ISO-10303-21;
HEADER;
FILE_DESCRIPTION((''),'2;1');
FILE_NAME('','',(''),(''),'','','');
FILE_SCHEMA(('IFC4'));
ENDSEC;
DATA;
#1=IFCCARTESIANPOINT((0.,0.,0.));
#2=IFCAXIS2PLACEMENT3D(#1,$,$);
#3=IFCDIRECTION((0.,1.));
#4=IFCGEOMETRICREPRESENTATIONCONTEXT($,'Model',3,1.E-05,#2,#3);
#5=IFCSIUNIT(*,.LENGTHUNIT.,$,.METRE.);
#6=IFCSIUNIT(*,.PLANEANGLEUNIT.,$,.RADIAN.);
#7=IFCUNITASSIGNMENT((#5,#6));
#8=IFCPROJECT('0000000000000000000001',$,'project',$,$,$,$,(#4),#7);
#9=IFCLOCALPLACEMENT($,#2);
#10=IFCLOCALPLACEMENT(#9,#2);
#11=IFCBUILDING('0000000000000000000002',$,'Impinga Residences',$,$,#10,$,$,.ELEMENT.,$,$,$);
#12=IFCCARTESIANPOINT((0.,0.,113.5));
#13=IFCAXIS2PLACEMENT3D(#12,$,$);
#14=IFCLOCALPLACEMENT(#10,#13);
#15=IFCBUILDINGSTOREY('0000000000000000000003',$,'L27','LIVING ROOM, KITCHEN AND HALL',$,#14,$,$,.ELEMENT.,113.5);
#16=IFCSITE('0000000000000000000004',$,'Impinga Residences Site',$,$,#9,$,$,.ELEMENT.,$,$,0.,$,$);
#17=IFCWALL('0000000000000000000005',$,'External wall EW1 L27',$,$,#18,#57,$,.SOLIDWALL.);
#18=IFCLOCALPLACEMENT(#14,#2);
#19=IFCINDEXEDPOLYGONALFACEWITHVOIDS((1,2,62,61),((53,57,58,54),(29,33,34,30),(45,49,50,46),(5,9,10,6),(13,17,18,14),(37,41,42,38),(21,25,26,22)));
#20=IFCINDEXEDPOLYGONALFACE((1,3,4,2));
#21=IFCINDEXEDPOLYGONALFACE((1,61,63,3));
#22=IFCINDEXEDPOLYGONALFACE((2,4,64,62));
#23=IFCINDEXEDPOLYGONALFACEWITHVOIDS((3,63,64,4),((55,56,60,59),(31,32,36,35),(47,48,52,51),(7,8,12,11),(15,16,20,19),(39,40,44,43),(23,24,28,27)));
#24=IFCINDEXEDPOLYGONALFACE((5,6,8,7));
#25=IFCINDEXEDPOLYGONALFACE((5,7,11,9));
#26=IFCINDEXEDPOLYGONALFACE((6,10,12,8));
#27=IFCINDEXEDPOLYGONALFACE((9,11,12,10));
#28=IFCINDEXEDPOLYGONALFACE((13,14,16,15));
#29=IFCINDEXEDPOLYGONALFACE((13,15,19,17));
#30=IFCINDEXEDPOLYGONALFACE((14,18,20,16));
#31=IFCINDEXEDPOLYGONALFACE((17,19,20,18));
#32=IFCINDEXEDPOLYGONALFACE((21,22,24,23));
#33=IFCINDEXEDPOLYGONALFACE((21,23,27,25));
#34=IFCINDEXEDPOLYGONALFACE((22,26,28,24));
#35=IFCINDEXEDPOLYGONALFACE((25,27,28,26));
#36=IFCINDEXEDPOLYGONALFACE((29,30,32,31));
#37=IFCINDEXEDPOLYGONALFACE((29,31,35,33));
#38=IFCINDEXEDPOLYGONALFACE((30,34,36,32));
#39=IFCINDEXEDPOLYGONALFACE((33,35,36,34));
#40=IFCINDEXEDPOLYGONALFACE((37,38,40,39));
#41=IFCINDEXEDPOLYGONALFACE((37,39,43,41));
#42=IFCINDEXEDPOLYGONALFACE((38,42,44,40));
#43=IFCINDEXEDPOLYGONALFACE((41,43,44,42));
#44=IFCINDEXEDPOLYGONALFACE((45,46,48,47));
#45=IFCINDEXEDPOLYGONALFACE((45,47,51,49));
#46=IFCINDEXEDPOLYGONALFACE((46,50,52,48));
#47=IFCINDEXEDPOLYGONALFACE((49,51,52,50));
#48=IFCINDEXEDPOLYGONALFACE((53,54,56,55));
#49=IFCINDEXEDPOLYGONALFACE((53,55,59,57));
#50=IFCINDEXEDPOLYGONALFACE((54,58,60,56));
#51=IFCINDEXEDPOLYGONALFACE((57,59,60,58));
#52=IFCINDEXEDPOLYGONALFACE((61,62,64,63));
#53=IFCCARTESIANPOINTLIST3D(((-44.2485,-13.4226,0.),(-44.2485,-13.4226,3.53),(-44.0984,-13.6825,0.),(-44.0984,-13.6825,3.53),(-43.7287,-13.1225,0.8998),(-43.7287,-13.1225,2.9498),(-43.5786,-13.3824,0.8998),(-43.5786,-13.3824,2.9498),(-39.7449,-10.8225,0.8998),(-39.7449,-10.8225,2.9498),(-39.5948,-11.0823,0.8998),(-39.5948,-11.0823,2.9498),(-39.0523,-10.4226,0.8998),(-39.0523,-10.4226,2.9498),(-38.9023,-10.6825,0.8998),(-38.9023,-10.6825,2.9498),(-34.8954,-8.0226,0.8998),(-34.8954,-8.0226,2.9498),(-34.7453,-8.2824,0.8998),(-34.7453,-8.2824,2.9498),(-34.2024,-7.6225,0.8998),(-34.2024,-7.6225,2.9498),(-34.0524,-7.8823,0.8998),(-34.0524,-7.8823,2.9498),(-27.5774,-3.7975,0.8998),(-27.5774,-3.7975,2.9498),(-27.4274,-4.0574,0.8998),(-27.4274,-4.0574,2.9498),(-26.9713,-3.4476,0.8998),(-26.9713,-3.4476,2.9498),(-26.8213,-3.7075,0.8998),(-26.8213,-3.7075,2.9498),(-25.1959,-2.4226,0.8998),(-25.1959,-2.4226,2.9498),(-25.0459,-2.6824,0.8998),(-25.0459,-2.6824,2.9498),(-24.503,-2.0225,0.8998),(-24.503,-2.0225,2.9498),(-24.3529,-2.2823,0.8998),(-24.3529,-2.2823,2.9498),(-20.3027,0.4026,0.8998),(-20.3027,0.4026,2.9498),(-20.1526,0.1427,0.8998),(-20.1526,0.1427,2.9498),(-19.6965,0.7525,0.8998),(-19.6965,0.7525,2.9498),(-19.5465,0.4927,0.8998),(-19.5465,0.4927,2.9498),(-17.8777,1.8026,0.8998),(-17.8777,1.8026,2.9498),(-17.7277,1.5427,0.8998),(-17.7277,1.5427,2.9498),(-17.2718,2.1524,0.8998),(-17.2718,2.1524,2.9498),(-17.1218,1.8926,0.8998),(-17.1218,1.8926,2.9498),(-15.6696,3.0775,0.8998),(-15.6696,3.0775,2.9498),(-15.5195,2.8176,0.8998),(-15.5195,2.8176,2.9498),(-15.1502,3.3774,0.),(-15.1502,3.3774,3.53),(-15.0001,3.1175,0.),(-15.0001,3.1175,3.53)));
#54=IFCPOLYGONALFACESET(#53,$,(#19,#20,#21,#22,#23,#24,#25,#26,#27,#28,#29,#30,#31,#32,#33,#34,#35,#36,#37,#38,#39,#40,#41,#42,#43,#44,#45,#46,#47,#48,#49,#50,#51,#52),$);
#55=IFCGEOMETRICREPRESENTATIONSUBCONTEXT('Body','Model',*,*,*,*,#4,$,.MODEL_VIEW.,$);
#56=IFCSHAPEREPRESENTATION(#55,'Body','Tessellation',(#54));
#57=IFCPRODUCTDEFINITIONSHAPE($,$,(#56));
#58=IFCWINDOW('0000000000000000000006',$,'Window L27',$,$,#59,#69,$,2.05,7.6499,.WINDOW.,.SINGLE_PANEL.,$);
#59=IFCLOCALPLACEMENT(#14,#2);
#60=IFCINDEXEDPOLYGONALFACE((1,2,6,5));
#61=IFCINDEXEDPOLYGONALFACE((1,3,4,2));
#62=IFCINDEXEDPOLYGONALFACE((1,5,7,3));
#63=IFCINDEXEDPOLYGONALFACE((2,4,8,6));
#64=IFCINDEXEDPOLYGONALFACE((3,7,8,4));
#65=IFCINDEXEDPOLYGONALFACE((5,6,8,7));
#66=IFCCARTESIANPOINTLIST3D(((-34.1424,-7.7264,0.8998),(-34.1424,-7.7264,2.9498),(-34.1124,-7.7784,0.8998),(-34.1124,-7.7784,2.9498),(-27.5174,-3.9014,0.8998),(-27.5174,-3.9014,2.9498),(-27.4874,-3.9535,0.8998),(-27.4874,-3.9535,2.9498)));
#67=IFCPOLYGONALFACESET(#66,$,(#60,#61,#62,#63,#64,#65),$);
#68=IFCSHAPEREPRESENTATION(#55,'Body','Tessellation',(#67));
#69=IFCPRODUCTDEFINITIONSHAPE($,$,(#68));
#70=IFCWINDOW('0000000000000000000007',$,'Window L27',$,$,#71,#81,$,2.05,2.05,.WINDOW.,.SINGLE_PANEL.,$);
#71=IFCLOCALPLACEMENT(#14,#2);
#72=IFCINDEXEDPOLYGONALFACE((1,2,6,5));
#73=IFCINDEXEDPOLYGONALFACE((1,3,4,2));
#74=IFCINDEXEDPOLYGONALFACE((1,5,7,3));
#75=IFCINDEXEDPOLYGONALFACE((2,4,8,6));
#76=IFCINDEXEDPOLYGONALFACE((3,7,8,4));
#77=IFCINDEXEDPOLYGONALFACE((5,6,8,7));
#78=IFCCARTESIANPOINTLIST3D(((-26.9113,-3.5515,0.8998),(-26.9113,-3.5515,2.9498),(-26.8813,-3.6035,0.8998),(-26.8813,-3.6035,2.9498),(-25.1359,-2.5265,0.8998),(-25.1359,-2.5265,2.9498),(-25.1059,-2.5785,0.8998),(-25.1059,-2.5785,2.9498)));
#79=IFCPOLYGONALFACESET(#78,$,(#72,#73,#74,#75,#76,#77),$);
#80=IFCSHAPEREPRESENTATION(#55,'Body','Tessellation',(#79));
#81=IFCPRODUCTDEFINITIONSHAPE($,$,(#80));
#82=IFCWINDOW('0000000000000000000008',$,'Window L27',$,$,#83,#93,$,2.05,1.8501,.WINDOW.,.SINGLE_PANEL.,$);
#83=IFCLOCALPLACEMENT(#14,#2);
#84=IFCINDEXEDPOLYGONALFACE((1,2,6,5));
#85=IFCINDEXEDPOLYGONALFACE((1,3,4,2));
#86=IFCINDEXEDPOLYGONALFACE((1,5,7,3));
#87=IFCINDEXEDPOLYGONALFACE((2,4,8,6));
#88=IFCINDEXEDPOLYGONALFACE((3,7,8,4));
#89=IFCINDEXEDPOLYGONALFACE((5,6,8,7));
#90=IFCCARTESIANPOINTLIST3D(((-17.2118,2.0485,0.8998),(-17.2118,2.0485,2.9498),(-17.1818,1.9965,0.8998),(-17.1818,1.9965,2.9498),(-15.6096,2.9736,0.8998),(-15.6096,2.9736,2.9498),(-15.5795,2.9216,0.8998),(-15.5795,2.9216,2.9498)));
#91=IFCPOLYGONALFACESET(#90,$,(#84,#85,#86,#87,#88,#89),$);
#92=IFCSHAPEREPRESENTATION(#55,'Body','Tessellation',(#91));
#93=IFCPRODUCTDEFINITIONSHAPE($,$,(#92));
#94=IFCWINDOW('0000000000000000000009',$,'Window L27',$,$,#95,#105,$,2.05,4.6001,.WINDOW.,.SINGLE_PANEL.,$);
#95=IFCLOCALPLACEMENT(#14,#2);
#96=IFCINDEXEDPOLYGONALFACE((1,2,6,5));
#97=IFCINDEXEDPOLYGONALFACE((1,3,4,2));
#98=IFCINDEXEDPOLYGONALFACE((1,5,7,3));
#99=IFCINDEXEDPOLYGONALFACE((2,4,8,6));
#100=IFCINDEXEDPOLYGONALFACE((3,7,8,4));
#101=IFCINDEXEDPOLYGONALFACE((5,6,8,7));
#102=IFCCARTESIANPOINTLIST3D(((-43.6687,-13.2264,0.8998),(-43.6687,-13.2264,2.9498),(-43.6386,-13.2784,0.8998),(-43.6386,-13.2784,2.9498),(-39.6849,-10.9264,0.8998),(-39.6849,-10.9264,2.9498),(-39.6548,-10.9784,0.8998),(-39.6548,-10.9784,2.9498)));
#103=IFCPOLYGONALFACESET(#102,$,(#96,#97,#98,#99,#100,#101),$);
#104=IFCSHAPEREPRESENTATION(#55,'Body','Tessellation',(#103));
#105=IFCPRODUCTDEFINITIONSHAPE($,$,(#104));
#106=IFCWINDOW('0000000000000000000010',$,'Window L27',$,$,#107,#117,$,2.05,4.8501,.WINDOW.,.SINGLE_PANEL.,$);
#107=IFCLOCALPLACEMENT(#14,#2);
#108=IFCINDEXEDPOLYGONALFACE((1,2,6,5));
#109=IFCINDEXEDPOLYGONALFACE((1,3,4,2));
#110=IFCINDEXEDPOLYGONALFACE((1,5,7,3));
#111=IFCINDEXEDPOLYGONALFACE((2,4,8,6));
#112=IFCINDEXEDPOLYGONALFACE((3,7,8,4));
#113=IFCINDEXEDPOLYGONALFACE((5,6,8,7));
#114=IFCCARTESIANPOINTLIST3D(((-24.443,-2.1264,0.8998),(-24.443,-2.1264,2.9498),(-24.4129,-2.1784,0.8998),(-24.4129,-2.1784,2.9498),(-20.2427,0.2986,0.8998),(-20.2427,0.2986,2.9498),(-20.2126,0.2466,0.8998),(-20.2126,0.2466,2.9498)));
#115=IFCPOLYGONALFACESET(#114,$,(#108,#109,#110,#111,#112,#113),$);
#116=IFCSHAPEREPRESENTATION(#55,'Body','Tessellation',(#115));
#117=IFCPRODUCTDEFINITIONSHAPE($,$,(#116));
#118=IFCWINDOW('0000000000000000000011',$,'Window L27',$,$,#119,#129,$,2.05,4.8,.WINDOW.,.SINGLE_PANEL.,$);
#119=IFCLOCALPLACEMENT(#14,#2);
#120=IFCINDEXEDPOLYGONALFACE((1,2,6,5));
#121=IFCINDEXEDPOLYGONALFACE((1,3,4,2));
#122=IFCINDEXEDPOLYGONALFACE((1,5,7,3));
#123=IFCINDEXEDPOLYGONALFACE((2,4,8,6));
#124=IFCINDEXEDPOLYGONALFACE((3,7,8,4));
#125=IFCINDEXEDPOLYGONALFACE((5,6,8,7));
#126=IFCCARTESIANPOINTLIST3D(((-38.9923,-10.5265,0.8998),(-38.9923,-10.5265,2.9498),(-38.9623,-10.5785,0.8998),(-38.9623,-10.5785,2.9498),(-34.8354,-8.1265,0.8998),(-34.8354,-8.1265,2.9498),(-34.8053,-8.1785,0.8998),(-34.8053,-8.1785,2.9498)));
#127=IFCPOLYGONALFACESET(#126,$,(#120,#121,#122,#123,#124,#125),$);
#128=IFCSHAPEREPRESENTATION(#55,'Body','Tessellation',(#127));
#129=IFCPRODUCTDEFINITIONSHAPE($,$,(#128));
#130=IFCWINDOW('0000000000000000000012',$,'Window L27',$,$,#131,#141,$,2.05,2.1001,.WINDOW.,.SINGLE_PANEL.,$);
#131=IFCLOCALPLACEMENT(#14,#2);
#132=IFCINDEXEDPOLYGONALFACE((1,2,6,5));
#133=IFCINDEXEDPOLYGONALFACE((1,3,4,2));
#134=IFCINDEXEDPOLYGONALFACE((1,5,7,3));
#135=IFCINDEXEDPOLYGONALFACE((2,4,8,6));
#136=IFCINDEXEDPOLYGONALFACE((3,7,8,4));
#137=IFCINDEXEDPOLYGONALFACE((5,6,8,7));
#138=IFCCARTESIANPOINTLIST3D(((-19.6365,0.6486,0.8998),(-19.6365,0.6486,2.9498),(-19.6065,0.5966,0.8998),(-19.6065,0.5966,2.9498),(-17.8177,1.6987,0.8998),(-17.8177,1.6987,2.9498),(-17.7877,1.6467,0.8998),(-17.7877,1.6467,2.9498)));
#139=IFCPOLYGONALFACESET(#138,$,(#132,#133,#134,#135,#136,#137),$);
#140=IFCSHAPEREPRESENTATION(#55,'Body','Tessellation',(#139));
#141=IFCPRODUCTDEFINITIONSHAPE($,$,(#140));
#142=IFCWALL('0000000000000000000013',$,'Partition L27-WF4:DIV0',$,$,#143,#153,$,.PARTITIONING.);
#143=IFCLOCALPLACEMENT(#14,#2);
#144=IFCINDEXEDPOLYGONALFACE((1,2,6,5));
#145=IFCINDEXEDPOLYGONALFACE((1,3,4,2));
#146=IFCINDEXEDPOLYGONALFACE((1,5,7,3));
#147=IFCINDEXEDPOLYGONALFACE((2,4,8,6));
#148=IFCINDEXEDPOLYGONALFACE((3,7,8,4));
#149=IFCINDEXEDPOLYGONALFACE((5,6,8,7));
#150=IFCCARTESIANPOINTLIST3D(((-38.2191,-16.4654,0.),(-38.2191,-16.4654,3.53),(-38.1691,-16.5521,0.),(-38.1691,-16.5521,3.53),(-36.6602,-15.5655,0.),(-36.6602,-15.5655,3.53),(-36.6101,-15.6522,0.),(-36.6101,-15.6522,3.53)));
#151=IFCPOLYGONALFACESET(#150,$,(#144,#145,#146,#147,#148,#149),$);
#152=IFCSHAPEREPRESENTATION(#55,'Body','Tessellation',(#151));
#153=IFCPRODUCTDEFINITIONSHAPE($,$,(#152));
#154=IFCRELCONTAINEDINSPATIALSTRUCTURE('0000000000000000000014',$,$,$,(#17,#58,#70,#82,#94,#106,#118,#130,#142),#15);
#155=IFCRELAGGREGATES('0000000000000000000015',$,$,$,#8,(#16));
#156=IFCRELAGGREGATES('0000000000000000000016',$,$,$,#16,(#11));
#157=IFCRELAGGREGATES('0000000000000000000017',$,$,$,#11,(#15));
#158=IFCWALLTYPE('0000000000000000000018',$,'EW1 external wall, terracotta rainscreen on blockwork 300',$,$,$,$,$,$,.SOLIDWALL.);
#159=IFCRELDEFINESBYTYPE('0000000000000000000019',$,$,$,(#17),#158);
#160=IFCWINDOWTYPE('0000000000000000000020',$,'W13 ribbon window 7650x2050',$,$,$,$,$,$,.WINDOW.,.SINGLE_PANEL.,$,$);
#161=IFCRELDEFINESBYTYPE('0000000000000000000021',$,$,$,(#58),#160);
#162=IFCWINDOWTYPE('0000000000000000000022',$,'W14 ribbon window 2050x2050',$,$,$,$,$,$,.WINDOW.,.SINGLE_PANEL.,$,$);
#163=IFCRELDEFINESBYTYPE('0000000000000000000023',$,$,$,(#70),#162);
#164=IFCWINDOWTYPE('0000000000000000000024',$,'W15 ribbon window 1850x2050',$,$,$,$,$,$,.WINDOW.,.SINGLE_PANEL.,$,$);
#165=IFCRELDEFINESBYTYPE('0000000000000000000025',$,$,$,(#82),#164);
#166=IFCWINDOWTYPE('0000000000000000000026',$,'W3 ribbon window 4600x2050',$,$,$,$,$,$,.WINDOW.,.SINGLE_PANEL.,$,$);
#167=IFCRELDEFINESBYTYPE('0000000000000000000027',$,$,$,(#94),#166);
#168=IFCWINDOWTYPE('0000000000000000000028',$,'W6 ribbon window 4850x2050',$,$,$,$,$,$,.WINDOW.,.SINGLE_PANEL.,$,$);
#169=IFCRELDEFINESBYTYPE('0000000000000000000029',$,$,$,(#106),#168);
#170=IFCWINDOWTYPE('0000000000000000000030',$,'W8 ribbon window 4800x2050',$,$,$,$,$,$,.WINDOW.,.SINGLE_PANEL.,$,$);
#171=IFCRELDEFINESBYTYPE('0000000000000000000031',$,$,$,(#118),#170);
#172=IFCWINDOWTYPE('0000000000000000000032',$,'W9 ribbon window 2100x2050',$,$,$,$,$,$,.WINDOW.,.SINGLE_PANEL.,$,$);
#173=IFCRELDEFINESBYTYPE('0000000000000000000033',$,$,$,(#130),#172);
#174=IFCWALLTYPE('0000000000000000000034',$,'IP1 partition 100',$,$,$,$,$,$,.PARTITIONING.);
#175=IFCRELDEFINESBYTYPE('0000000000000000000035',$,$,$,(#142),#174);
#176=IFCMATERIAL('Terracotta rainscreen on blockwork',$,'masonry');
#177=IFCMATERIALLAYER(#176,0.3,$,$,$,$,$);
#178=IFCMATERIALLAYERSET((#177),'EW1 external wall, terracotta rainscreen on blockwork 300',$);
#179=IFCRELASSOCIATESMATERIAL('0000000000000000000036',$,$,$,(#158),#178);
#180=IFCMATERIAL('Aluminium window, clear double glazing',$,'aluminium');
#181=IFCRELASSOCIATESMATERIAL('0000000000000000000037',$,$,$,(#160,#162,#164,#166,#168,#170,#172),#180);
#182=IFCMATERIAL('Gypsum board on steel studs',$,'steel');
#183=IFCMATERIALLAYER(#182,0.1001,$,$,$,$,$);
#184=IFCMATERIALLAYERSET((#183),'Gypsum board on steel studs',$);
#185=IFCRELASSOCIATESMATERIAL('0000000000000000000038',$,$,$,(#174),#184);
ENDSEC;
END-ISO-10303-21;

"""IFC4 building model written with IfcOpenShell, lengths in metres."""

from ifc_helpers import new_model, si_unit, direction, frame, frame_2d, origin, place, context, subcontext, project, spatial, rectangle, extrude, material, layer, layer_set, type_object, element, fill, save


model = new_model("IFC4")

# Units and contexts
model_context = context("Model", 3, precision=1e-05, world=origin(), true_north=direction((0.0, 1.0)))
body_context = subcontext(model_context, "Body", "Model", "MODEL_VIEW")
ifc_project = project(units=[si_unit("LENGTHUNIT", "METRE"), si_unit("PLANEANGLEUNIT", "RADIAN")], contexts=[model_context])

# Site, building, storey
site_placement = place(None, origin())
site = spatial("IfcSite", under=ifc_project, at=site_placement, Name="Impinga Residences Site", CompositionType="ELEMENT", RefElevation=0.0)
building_placement = place(site_placement, origin())
building = spatial("IfcBuilding", under=site, at=building_placement, Name="Impinga Residences", CompositionType="ELEMENT")
storey_placement = place(building_placement, frame((0.0, 0.0, 113.5)))
storey = spatial("IfcBuildingStorey", under=building, at=storey_placement, Name="L27", Description="LIVING ROOM, KITCHEN AND HALL", CompositionType="ELEMENT", Elevation=113.5)

# Shared definitions
ifc_material_1 = material(Name="Terracotta rainscreen on blockwork", Category="masonry")
ifc_layer_1 = layer(ifc_material_1, 0.3)
ifc_layer_set_1 = layer_set([ifc_layer_1], Name="EW1 external wall, terracotta rainscreen on blockwork 300")
wall_type_1 = type_object("IfcWallType", Name="EW1 external wall, terracotta rainscreen on blockwork 300", PredefinedType="SOLIDWALL", material=ifc_layer_set_1)

# Wall, openings, windows
wall_1_placement = place(storey_placement, frame((-44.1733, -13.5525, 0.0), z_axis=(0.0, 0.0, 1.0), x_axis=(0.866024, 0.500002, 0.0)))
wall_1 = element("IfcWall", 1, at=wall_1_placement, inside=storey, type_object=wall_type_1, Name="External wall EW1 L27", PredefinedType="SOLIDWALL", context=body_context, shape_type="SweptSolid", body=[
    extrude(rectangle(XDim=33.5999, YDim=0.3, at=frame_2d((16.7998, 0.0))), origin(), (0.0, 0.0, 1.0), 3.53),
])
opening_1_placement = place(wall_1_placement, frame((0.6001, 0.0, 0.8999)))
opening_1 = element("IfcOpeningElement", 2, at=opening_1_placement, cuts=wall_1, PredefinedType="OPENING", context=body_context, shape_type="SweptSolid", body=[
    extrude(rectangle(XDim=4.6001, YDim=2.05, at=frame_2d((2.3, 1.0249))), frame((0.0, 0.1599, 0.0), z_axis=(0.0, -1.0, 0.0), x_axis=(1.0, 0.0, 0.0)), (0.0, 0.0, 1.0), 0.3201),
])
opening_2_placement = place(wall_1_placement, frame((6.0, 0.0, 0.8999)))
opening_2 = element("IfcOpeningElement", 3, at=opening_2_placement, cuts=wall_1, PredefinedType="OPENING", context=body_context, shape_type="SweptSolid", body=[
    extrude(rectangle(XDim=4.8, YDim=2.05, at=frame_2d((2.3999, 1.0249))), frame((0.0, 0.1599, 0.0), z_axis=(0.0, -1.0, 0.0), x_axis=(1.0, 0.0, 0.0)), (0.0, 0.0, 1.0), 0.3201),
])
opening_3_placement = place(wall_1_placement, frame((11.6001, 0.0, 0.8999)))
opening_3 = element("IfcOpeningElement", 4, at=opening_3_placement, cuts=wall_1, PredefinedType="OPENING", context=body_context, shape_type="SweptSolid", body=[
    extrude(rectangle(XDim=7.6499, YDim=2.05, at=frame_2d((3.825, 1.0249))), frame((0.0, 0.1599, 0.0), z_axis=(0.0, -1.0, 0.0), x_axis=(1.0, 0.0, 0.0)), (0.0, 0.0, 1.0), 0.3201),
])
opening_4_placement = place(wall_1_placement, frame((19.95, 0.0, 0.8999)))
opening_4 = element("IfcOpeningElement", 5, at=opening_4_placement, cuts=wall_1, PredefinedType="OPENING", context=body_context, shape_type="SweptSolid", body=[
    extrude(rectangle(XDim=2.05, YDim=2.05, at=frame_2d((1.0249, 1.0249))), frame((0.0, 0.1599, 0.0), z_axis=(0.0, -1.0, 0.0), x_axis=(1.0, 0.0, 0.0)), (0.0, 0.0, 1.0), 0.3201),
])
opening_5_placement = place(wall_1_placement, frame((22.8, 0.0, 0.8999)))
opening_5 = element("IfcOpeningElement", 6, at=opening_5_placement, cuts=wall_1, PredefinedType="OPENING", context=body_context, shape_type="SweptSolid", body=[
    extrude(rectangle(XDim=4.8501, YDim=2.05, at=frame_2d((2.425, 1.0249))), frame((0.0, 0.1599, 0.0), z_axis=(0.0, -1.0, 0.0), x_axis=(1.0, 0.0, 0.0)), (0.0, 0.0, 1.0), 0.3201),
])
opening_6_placement = place(wall_1_placement, frame((28.3501, 0.0, 0.8999)))
opening_6 = element("IfcOpeningElement", 7, at=opening_6_placement, cuts=wall_1, PredefinedType="OPENING", context=body_context, shape_type="SweptSolid", body=[
    extrude(rectangle(XDim=2.1001, YDim=2.05, at=frame_2d((1.05, 1.0249))), frame((0.0, 0.1599, 0.0), z_axis=(0.0, -1.0, 0.0), x_axis=(1.0, 0.0, 0.0)), (0.0, 0.0, 1.0), 0.3201),
])
opening_7_placement = place(wall_1_placement, frame((31.1499, 0.0, 0.8999)))
opening_7 = element("IfcOpeningElement", 8, at=opening_7_placement, cuts=wall_1, PredefinedType="OPENING", context=body_context, shape_type="SweptSolid", body=[
    extrude(rectangle(XDim=1.8501, YDim=2.05, at=frame_2d((0.925, 1.0249))), frame((0.0, 0.1599, 0.0), z_axis=(0.0, -1.0, 0.0), x_axis=(1.0, 0.0, 0.0)), (0.0, 0.0, 1.0), 0.3201),
])
ifc_material_2 = material(Name="Aluminium window, clear double glazing", Category="aluminium")
window_type_1 = type_object("IfcWindowType", Name="W13 ribbon window 7650x2050", PartitioningType="SINGLE_PANEL", PredefinedType="WINDOW", material=ifc_material_2)
window_1_placement = place(opening_3_placement, origin())
window_1 = element("IfcWindow", 9, at=window_1_placement, inside=storey, type_object=window_type_1, Name="Window L27", OverallHeight=2.05, OverallWidth=7.6499, PartitioningType="SINGLE_PANEL", PredefinedType="WINDOW", context=body_context, shape_type="SweptSolid", body=[
    extrude(rectangle(XDim=7.6499, YDim=2.05, at=frame_2d((3.825, 1.0249))), frame((0.0, 0.03, 0.0), z_axis=(0.0, -1.0, 0.0), x_axis=(1.0, 0.0, 0.0)), (0.0, 0.0, 1.0), 0.0601),
])
fill(opening_3, window_1)
window_type_2 = type_object("IfcWindowType", Name="W14 ribbon window 2050x2050", PartitioningType="SINGLE_PANEL", PredefinedType="WINDOW", material=ifc_material_2)
window_2_placement = place(opening_4_placement, origin())
window_2 = element("IfcWindow", 10, at=window_2_placement, inside=storey, type_object=window_type_2, Name="Window L27", OverallHeight=2.05, OverallWidth=2.05, PartitioningType="SINGLE_PANEL", PredefinedType="WINDOW", context=body_context, shape_type="SweptSolid", body=[
    extrude(rectangle(XDim=2.05, YDim=2.05, at=frame_2d((1.0249, 1.0249))), frame((0.0, 0.03, 0.0), z_axis=(0.0, -1.0, 0.0), x_axis=(1.0, 0.0, 0.0)), (0.0, 0.0, 1.0), 0.0601),
])
fill(opening_4, window_2)
window_type_3 = type_object("IfcWindowType", Name="W15 ribbon window 1850x2050", PartitioningType="SINGLE_PANEL", PredefinedType="WINDOW", material=ifc_material_2)
window_3_placement = place(opening_7_placement, origin())
window_3 = element("IfcWindow", 11, at=window_3_placement, inside=storey, type_object=window_type_3, Name="Window L27", OverallHeight=2.05, OverallWidth=1.8501, PartitioningType="SINGLE_PANEL", PredefinedType="WINDOW", context=body_context, shape_type="SweptSolid", body=[
    extrude(rectangle(XDim=1.8501, YDim=2.05, at=frame_2d((0.925, 1.0249))), frame((0.0, 0.03, 0.0), z_axis=(0.0, -1.0, 0.0), x_axis=(1.0, 0.0, 0.0)), (0.0, 0.0, 1.0), 0.0601),
])
fill(opening_7, window_3)
window_type_4 = type_object("IfcWindowType", Name="W3 ribbon window 4600x2050", PartitioningType="SINGLE_PANEL", PredefinedType="WINDOW", material=ifc_material_2)
window_4_placement = place(opening_1_placement, origin())
window_4 = element("IfcWindow", 12, at=window_4_placement, inside=storey, type_object=window_type_4, Name="Window L27", OverallHeight=2.05, OverallWidth=4.6001, PartitioningType="SINGLE_PANEL", PredefinedType="WINDOW", context=body_context, shape_type="SweptSolid", body=[
    extrude(rectangle(XDim=4.6001, YDim=2.05, at=frame_2d((2.3, 1.0249))), frame((0.0, 0.03, 0.0), z_axis=(0.0, -1.0, 0.0), x_axis=(1.0, 0.0, 0.0)), (0.0, 0.0, 1.0), 0.0601),
])
fill(opening_1, window_4)
window_type_5 = type_object("IfcWindowType", Name="W6 ribbon window 4850x2050", PartitioningType="SINGLE_PANEL", PredefinedType="WINDOW", material=ifc_material_2)
window_5_placement = place(opening_5_placement, origin())
window_5 = element("IfcWindow", 13, at=window_5_placement, inside=storey, type_object=window_type_5, Name="Window L27", OverallHeight=2.05, OverallWidth=4.8501, PartitioningType="SINGLE_PANEL", PredefinedType="WINDOW", context=body_context, shape_type="SweptSolid", body=[
    extrude(rectangle(XDim=4.8501, YDim=2.05, at=frame_2d((2.425, 1.0249))), frame((0.0, 0.03, 0.0), z_axis=(0.0, -1.0, 0.0), x_axis=(1.0, 0.0, 0.0)), (0.0, 0.0, 1.0), 0.0601),
])
fill(opening_5, window_5)
window_type_6 = type_object("IfcWindowType", Name="W8 ribbon window 4800x2050", PartitioningType="SINGLE_PANEL", PredefinedType="WINDOW", material=ifc_material_2)
window_6_placement = place(opening_2_placement, origin())
window_6 = element("IfcWindow", 14, at=window_6_placement, inside=storey, type_object=window_type_6, Name="Window L27", OverallHeight=2.05, OverallWidth=4.8, PartitioningType="SINGLE_PANEL", PredefinedType="WINDOW", context=body_context, shape_type="SweptSolid", body=[
    extrude(rectangle(XDim=4.8, YDim=2.05, at=frame_2d((2.3999, 1.0249))), frame((0.0, 0.03, 0.0), z_axis=(0.0, -1.0, 0.0), x_axis=(1.0, 0.0, 0.0)), (0.0, 0.0, 1.0), 0.0601),
])
fill(opening_2, window_6)
window_type_7 = type_object("IfcWindowType", Name="W9 ribbon window 2100x2050", PartitioningType="SINGLE_PANEL", PredefinedType="WINDOW", material=ifc_material_2)
window_7_placement = place(opening_6_placement, origin())
window_7 = element("IfcWindow", 15, at=window_7_placement, inside=storey, type_object=window_type_7, Name="Window L27", OverallHeight=2.05, OverallWidth=2.1001, PartitioningType="SINGLE_PANEL", PredefinedType="WINDOW", context=body_context, shape_type="SweptSolid", body=[
    extrude(rectangle(XDim=2.1001, YDim=2.05, at=frame_2d((1.05, 1.0249))), frame((0.0, 0.03, 0.0), z_axis=(0.0, -1.0, 0.0), x_axis=(1.0, 0.0, 0.0)), (0.0, 0.0, 1.0), 0.0601),
])
fill(opening_6, window_7)

# Wall
ifc_material_3 = material(Name="Gypsum board on steel studs", Category="steel")
ifc_layer_2 = layer(ifc_material_3, 0.1001)
ifc_layer_set_2 = layer_set([ifc_layer_2], Name="Gypsum board on steel studs")
wall_type_2 = type_object("IfcWallType", Name="IP1 partition 100", PredefinedType="PARTITIONING", material=ifc_layer_set_2)
wall_2_placement = place(storey_placement, frame((-36.6353, -15.6089, 0.0), z_axis=(0.0, 0.0, 1.0), x_axis=(-0.866048, -0.499961, 0.0)))
element("IfcWall", 16, at=wall_2_placement, inside=storey, type_object=wall_type_2, Name="Partition L27-WF4:DIV0", PredefinedType="PARTITIONING", context=body_context, shape_type="SweptSolid", body=[
    extrude(rectangle(XDim=1.8, YDim=0.1001, at=frame_2d((0.8999, 0.0))), origin(), (0.0, 0.0, 1.0), 3.53),
])

save(model, "model.ifc")
